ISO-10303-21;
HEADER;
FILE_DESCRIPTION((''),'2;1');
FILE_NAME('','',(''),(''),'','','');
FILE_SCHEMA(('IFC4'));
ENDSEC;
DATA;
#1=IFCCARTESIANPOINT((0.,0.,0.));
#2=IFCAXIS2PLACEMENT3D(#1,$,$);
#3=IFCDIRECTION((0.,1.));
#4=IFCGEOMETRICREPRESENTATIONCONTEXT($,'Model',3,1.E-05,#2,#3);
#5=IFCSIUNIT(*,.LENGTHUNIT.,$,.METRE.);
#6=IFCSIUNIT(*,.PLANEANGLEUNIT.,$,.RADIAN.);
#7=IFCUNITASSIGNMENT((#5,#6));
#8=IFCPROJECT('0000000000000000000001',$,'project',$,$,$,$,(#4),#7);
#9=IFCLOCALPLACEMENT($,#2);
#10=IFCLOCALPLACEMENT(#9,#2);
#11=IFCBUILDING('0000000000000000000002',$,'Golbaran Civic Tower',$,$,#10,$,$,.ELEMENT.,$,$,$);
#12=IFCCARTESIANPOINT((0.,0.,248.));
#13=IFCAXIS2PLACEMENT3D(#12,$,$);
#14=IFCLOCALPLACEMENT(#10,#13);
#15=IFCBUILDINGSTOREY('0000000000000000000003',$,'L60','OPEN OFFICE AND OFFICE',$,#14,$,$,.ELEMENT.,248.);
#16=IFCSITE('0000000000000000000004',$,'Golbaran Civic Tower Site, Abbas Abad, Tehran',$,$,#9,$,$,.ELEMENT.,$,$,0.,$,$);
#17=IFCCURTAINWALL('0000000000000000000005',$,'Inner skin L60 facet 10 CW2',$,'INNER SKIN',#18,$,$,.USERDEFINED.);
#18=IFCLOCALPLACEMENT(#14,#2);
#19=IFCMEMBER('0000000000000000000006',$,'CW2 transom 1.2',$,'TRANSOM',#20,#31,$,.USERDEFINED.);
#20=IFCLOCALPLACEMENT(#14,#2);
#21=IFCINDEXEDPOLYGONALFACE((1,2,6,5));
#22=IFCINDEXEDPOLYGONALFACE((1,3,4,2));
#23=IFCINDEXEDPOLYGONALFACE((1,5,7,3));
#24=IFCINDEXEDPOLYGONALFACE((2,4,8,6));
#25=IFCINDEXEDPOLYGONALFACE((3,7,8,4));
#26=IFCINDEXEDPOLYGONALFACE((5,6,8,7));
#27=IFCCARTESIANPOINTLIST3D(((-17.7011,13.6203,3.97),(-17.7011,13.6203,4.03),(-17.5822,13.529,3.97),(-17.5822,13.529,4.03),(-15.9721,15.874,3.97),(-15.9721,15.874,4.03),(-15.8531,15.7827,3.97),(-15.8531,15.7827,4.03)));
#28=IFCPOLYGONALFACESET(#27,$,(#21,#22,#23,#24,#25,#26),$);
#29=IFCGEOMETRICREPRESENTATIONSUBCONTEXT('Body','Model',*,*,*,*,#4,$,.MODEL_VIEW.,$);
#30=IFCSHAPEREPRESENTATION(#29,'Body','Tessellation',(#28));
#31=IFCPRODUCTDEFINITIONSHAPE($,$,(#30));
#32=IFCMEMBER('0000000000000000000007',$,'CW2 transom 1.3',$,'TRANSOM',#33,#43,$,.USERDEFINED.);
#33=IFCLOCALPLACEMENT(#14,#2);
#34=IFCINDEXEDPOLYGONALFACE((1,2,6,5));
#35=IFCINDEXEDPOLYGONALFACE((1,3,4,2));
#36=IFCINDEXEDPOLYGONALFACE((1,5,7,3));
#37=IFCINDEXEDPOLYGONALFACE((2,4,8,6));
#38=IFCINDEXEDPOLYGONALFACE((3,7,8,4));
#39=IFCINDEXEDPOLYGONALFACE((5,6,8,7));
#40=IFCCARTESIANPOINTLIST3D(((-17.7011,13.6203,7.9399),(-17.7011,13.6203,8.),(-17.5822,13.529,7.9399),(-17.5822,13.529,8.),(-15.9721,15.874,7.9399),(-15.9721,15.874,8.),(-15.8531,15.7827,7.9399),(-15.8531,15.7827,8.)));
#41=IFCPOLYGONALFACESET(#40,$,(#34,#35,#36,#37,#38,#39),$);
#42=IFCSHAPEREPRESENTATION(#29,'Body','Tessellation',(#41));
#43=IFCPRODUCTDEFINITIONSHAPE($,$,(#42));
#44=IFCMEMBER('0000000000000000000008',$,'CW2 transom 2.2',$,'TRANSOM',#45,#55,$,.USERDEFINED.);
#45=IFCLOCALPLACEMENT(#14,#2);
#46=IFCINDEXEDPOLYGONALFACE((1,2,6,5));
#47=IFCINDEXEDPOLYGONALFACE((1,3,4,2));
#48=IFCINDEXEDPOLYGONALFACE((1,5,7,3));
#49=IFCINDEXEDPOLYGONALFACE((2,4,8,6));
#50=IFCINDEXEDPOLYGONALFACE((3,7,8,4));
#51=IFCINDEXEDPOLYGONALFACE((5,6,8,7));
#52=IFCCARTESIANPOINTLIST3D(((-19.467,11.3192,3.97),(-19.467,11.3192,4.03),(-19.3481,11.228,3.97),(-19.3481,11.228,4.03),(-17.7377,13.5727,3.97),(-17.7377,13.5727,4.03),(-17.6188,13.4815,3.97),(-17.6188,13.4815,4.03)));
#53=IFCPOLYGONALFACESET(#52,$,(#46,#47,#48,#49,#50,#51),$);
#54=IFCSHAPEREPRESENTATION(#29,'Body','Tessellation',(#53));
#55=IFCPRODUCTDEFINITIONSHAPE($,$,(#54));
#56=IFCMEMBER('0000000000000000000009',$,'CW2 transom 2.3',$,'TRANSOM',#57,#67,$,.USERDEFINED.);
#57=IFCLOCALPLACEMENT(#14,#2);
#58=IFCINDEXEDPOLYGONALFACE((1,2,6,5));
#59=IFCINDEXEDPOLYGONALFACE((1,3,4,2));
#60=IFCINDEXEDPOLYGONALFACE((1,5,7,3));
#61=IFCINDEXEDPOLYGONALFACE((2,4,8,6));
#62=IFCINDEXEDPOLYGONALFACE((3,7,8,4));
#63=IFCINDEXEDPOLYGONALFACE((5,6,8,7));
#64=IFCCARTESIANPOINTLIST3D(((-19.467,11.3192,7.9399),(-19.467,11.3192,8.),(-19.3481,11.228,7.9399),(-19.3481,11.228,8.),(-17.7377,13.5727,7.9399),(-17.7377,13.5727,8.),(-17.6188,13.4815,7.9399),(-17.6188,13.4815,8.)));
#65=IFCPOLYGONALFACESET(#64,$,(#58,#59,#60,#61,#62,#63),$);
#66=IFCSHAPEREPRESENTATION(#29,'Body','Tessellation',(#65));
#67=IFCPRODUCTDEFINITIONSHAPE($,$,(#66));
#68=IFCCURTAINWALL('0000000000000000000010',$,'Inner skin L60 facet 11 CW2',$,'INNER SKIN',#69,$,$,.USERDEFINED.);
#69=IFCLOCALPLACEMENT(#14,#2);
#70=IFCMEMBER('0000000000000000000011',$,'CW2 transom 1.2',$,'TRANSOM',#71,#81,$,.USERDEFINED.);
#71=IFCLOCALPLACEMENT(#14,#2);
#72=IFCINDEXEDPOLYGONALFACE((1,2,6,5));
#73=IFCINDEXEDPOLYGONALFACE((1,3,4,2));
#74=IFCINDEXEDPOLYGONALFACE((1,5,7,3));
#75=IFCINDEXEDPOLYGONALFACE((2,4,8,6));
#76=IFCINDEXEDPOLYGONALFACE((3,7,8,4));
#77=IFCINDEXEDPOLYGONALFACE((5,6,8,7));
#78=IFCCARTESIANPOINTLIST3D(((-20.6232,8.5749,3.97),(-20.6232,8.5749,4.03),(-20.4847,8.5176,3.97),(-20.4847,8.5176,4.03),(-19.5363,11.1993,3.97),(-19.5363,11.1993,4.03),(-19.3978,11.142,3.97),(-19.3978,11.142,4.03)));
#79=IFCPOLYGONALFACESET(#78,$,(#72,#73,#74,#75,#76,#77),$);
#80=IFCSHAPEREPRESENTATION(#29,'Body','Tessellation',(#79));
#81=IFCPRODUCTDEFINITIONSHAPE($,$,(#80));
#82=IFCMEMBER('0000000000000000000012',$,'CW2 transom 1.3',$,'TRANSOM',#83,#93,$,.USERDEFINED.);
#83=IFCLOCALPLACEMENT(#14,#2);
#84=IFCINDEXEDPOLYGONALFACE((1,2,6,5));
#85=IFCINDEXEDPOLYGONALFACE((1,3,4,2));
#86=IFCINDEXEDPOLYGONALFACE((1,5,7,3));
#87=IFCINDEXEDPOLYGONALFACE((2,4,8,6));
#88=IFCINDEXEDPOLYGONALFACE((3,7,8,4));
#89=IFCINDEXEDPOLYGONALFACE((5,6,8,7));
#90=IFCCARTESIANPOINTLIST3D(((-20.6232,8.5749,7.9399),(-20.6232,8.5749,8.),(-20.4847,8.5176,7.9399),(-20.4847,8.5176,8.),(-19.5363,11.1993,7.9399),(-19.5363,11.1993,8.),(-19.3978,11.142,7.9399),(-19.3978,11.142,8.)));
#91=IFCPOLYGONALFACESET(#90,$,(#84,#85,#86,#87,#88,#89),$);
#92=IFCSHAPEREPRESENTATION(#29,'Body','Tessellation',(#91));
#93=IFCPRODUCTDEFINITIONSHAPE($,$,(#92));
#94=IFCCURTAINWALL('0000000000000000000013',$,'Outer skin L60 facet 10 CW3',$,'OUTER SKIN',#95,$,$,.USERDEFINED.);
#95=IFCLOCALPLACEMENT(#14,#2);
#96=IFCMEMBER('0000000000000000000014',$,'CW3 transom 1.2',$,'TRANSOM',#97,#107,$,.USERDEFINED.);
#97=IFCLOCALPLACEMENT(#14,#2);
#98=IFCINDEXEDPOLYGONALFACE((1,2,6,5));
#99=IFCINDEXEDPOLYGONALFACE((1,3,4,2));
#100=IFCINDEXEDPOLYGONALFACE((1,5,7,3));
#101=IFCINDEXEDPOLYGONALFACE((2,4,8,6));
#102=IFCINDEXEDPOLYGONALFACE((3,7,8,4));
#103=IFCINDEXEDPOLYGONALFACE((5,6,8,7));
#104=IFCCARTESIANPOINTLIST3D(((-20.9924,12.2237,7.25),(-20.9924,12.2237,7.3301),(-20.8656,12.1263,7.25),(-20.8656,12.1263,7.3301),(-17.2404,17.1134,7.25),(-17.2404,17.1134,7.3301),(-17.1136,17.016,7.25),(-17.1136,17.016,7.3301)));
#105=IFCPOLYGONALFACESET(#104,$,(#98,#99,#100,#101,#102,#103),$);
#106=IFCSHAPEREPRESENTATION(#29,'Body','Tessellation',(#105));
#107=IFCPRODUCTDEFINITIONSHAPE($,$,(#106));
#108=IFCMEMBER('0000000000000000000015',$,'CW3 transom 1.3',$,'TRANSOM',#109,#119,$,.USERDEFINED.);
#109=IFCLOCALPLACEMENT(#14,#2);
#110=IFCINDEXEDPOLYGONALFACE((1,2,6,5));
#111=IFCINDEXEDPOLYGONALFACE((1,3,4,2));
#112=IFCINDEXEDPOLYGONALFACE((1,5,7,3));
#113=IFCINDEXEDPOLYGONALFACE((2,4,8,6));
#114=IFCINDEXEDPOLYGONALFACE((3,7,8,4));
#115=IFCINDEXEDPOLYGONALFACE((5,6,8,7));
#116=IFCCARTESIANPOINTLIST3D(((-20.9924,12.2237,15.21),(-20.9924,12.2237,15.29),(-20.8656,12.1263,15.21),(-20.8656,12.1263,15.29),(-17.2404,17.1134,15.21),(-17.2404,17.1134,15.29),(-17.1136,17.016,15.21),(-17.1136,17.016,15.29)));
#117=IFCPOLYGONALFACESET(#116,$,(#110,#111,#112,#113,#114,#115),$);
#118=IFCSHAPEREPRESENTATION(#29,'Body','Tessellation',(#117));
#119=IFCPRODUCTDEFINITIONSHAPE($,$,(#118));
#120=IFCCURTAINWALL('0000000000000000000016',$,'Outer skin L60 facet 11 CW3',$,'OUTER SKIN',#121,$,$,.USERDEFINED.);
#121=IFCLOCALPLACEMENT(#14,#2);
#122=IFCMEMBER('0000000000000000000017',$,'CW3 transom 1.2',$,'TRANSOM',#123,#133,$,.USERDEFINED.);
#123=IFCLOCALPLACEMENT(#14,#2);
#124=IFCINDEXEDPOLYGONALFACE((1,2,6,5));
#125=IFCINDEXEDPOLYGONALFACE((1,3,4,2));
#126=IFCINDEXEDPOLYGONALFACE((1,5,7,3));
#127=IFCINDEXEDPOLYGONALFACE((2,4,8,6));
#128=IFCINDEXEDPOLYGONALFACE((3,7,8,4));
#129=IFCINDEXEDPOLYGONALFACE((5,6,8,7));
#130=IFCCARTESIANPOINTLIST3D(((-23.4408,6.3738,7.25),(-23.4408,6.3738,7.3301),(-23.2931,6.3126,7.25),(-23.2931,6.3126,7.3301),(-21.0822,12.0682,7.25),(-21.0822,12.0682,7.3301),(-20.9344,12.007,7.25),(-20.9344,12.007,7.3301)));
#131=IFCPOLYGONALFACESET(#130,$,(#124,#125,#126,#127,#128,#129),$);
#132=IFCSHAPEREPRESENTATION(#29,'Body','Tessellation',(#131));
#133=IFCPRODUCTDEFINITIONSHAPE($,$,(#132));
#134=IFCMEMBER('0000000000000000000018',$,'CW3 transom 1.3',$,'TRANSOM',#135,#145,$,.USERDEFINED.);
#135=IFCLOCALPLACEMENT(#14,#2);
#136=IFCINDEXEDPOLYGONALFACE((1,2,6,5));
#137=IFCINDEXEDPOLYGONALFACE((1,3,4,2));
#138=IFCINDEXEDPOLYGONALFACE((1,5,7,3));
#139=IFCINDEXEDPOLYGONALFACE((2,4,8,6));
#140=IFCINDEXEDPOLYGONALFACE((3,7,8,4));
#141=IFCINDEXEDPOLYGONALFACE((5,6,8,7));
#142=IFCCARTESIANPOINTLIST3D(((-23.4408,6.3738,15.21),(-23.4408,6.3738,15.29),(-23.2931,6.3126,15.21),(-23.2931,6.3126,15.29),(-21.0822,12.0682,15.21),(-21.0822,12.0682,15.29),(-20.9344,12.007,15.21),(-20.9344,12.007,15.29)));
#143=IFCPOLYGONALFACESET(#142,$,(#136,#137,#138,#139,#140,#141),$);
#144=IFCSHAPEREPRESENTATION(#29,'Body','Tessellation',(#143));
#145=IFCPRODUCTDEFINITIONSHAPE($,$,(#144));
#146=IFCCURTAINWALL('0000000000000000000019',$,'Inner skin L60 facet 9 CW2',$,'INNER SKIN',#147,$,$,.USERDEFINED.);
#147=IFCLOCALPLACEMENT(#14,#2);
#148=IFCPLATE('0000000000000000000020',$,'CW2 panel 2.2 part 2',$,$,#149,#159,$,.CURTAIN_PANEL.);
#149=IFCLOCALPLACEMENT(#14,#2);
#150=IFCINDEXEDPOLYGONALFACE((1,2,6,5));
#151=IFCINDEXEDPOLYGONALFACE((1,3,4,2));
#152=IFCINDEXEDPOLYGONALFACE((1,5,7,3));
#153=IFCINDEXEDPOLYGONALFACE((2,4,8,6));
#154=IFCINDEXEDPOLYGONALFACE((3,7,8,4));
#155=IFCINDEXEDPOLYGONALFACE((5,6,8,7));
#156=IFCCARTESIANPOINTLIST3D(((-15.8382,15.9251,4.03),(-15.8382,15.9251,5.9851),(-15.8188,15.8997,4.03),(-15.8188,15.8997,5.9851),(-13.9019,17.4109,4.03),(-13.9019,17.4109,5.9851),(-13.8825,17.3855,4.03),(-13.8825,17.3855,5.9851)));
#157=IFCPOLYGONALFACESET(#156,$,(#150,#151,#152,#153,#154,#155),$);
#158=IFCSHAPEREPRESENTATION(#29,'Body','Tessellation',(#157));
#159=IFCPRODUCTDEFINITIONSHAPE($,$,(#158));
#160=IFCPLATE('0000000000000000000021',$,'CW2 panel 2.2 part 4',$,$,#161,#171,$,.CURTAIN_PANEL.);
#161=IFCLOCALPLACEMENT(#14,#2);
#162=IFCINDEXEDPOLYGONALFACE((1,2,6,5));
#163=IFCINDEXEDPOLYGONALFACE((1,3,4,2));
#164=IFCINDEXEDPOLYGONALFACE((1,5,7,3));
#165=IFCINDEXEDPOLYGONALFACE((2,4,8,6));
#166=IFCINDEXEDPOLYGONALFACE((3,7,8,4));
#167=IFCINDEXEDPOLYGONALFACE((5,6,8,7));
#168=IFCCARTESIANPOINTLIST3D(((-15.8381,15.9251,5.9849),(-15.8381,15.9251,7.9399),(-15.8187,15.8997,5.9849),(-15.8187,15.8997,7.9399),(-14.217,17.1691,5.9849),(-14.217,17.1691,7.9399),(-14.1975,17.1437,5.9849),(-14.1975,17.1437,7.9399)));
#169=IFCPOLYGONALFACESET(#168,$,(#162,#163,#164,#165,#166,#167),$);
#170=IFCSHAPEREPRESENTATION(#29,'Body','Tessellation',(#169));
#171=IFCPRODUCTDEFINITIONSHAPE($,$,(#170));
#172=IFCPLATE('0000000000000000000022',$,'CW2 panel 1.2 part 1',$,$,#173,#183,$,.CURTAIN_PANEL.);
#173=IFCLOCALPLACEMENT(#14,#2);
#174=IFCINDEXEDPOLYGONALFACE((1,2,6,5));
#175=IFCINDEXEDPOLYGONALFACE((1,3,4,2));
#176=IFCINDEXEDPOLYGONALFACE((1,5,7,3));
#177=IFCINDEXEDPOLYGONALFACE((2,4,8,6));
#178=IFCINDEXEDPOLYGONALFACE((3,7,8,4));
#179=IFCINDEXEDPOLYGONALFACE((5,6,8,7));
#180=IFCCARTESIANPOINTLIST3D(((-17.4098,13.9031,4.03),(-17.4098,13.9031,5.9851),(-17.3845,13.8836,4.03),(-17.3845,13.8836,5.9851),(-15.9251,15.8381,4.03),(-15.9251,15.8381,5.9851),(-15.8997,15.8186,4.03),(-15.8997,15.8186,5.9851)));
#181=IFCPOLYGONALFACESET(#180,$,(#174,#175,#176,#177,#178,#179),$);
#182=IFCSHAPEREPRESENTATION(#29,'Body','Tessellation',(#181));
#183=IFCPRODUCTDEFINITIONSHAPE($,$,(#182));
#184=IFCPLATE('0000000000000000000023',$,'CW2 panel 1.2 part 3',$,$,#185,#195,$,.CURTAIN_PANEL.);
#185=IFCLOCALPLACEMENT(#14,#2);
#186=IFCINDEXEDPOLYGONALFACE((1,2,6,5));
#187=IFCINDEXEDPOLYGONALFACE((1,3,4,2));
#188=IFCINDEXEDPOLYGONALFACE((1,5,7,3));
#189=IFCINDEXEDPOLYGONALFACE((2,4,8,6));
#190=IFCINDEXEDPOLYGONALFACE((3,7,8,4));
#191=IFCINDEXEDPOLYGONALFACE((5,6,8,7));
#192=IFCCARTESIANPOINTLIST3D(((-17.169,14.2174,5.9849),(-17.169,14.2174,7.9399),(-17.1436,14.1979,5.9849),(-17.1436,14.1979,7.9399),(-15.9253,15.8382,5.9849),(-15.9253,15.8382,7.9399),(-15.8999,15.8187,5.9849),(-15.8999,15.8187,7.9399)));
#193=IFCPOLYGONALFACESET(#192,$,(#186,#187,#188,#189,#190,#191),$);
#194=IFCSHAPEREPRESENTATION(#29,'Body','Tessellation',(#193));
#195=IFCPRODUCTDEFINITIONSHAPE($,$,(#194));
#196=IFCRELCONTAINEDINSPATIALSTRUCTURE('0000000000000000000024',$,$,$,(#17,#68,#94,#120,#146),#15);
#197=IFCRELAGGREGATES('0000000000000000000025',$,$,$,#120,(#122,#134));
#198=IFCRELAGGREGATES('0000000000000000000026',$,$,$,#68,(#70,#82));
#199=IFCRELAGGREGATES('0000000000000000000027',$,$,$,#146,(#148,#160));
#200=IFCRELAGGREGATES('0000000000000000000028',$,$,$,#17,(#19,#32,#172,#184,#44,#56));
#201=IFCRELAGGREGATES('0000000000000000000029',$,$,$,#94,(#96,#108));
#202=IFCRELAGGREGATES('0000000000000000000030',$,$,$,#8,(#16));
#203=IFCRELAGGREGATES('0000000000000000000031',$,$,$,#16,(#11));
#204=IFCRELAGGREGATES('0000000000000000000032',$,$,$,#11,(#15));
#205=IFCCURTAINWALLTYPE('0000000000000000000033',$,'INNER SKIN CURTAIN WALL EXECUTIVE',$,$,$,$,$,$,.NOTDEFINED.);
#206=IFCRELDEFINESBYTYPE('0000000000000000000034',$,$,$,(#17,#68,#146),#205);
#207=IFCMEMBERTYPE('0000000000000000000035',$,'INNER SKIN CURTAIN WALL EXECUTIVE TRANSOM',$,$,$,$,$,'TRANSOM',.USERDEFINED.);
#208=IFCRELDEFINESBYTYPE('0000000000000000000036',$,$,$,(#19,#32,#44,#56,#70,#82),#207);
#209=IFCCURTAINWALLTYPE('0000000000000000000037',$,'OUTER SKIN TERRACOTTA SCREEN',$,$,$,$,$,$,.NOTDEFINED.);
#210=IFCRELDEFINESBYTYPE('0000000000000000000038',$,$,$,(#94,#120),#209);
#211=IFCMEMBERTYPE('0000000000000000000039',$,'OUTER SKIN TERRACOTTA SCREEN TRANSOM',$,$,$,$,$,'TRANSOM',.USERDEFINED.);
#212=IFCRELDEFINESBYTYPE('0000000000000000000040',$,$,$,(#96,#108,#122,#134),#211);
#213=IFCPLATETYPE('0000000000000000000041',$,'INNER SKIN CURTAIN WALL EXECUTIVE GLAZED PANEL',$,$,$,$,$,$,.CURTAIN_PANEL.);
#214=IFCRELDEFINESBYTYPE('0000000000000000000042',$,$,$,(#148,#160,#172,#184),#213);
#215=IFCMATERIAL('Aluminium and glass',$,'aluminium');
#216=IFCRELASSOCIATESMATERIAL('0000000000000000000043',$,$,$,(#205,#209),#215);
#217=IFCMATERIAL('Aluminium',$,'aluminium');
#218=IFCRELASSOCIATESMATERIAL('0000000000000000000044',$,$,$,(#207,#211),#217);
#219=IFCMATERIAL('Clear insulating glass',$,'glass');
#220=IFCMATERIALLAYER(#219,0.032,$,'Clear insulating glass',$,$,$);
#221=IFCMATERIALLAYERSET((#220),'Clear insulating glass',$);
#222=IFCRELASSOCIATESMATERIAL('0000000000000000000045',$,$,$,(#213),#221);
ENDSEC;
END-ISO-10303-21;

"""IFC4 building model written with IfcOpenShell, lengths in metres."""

from ifc_helpers import new_model, si_unit, direction, frame, origin, origin_2d, place, context, subcontext, project, spatial, rectangle, extrude, material, layer, layer_set, material_profile, profile_set, type_object, element, aggregate, save


model = new_model("IFC4")

# Units and contexts
model_context = context("Model", 3, precision=1e-05, world=origin(), true_north=direction((0.0, 1.0)))
body_context = subcontext(model_context, "Body", "Model", "MODEL_VIEW")
ifc_project = project(units=[si_unit("LENGTHUNIT", "METRE"), si_unit("PLANEANGLEUNIT", "RADIAN")], contexts=[model_context])

# Site, building, storey
site_placement = place(None, origin())
site = spatial("IfcSite", under=ifc_project, at=site_placement, Name="Golbaran Civic Tower Site, Abbas Abad, Tehran", CompositionType="ELEMENT", RefElevation=0.0)
building_placement = place(site_placement, origin())
building = spatial("IfcBuilding", under=site, at=building_placement, Name="Golbaran Civic Tower", CompositionType="ELEMENT")
storey_placement = place(building_placement, frame((0.0, 0.0, 248.0)))
storey = spatial("IfcBuildingStorey", under=building, at=storey_placement, Name="L60", Description="OPEN OFFICE AND OFFICE", CompositionType="ELEMENT", Elevation=248.0)

# Curtain walls, members
ifc_material_1 = material(Name="Aluminium and glass", Category="aluminium")
curtain_wall_type_1 = type_object("IfcCurtainWallType", Name="INNER SKIN CURTAIN WALL EXECUTIVE", PredefinedType="NOTDEFINED", material=ifc_material_1)
curtain_wall_1_placement = place(storey_placement, origin())
curtain_wall_1 = element("IfcCurtainWall", 1, at=curtain_wall_1_placement, inside=storey, type_object=curtain_wall_type_1, Name="Inner skin L60 facet 10 CW2", ObjectType="INNER SKIN", PredefinedType="USERDEFINED")
ifc_material_2 = material(Name="Aluminium", Category="aluminium")
ifc_material_profile_1 = material_profile(ifc_material_2, rectangle(XDim=0.1499, YDim=0.0601, at=origin_2d()), Name="INNER SKIN CURTAIN WALL EXECUTIVE TRANSOM")
ifc_profile_set_1 = profile_set([ifc_material_profile_1], Name="Aluminium")
member_type_1 = type_object("IfcMemberType", Name="INNER SKIN CURTAIN WALL EXECUTIVE TRANSOM", ElementType="TRANSOM", PredefinedType="USERDEFINED", material=ifc_profile_set_1)
member_1_placement = place(storey_placement, frame((-15.9126, 15.8284, 4.0), z_axis=(-0.608697, -0.793403, 0.0), x_axis=(0.793403, -0.608697, 0.0)))
member_1 = element("IfcMember", 2, at=member_1_placement, type_object=member_type_1, Name="CW2 transom 1.2", ObjectType="TRANSOM", PredefinedType="USERDEFINED", context=body_context, shape_type="SweptSolid", body=[
    extrude(rectangle(XDim=0.1499, YDim=0.0601, at=origin_2d()), origin(), (0.0, 0.0, 1.0), 2.8406),
])
member_2_placement = place(storey_placement, frame((-15.9126, 15.8284, 7.97), z_axis=(-0.608697, -0.793403, 0.0), x_axis=(0.793403, -0.608697, 0.0)))
member_2 = element("IfcMember", 3, at=member_2_placement, type_object=member_type_1, Name="CW2 transom 1.3", ObjectType="TRANSOM", PredefinedType="USERDEFINED", context=body_context, shape_type="SweptSolid", body=[
    extrude(rectangle(XDim=0.1499, YDim=0.0601, at=origin_2d()), origin(), (0.0, 0.0, 1.0), 2.8406),
])
member_3_placement = place(storey_placement, frame((-17.6782, 13.5271, 4.0), z_axis=(-0.608792, -0.79333, 0.0), x_axis=(0.79333, -0.608792, 0.0)))
member_3 = element("IfcMember", 4, at=member_3_placement, type_object=member_type_1, Name="CW2 transom 2.2", ObjectType="TRANSOM", PredefinedType="USERDEFINED", context=body_context, shape_type="SweptSolid", body=[
    extrude(rectangle(XDim=0.1499, YDim=0.0601, at=origin_2d()), origin(), (0.0, 0.0, 1.0), 2.8406),
])
member_4_placement = place(storey_placement, frame((-17.6782, 13.5271, 7.97), z_axis=(-0.608792, -0.79333, 0.0), x_axis=(0.79333, -0.608792, 0.0)))
member_4 = element("IfcMember", 5, at=member_4_placement, type_object=member_type_1, Name="CW2 transom 2.3", ObjectType="TRANSOM", PredefinedType="USERDEFINED", context=body_context, shape_type="SweptSolid", body=[
    extrude(rectangle(XDim=0.1499, YDim=0.0601, at=origin_2d()), origin(), (0.0, 0.0, 1.0), 2.8406),
])
curtain_wall_2_placement = place(storey_placement, origin())
curtain_wall_2 = element("IfcCurtainWall", 6, at=curtain_wall_2_placement, inside=storey, type_object=curtain_wall_type_1, Name="Inner skin L60 facet 11 CW2", ObjectType="INNER SKIN", PredefinedType="USERDEFINED")
member_5_placement = place(storey_placement, frame((-19.467, 11.1707, 4.0), z_axis=(-0.382625, -0.923904, 0.0), x_axis=(0.923904, -0.382625, 0.0)))
member_5 = element("IfcMember", 7, at=member_5_placement, type_object=member_type_1, Name="CW2 transom 1.2", ObjectType="TRANSOM", PredefinedType="USERDEFINED", context=body_context, shape_type="SweptSolid", body=[
    extrude(rectangle(XDim=0.1499, YDim=0.0601, at=origin_2d()), origin(), (0.0, 0.0, 1.0), 2.8406),
])
member_6_placement = place(storey_placement, frame((-19.467, 11.1707, 7.97), z_axis=(-0.382625, -0.923904, 0.0), x_axis=(0.923904, -0.382625, 0.0)))
member_6 = element("IfcMember", 8, at=member_6_placement, type_object=member_type_1, Name="CW2 transom 1.3", ObjectType="TRANSOM", PredefinedType="USERDEFINED", context=body_context, shape_type="SweptSolid", body=[
    extrude(rectangle(XDim=0.1499, YDim=0.0601, at=origin_2d()), origin(), (0.0, 0.0, 1.0), 2.8406),
])
curtain_wall_type_2 = type_object("IfcCurtainWallType", Name="OUTER SKIN TERRACOTTA SCREEN", PredefinedType="NOTDEFINED", material=ifc_material_1)
curtain_wall_3_placement = place(storey_placement, origin())
curtain_wall_3 = element("IfcCurtainWall", 9, at=curtain_wall_3_placement, inside=storey, type_object=curtain_wall_type_2, Name="Outer skin L60 facet 10 CW3", ObjectType="OUTER SKIN", PredefinedType="USERDEFINED")
ifc_material_profile_2 = material_profile(ifc_material_2, rectangle(XDim=0.1599, YDim=0.0801, at=origin_2d()), Name="OUTER SKIN TERRACOTTA SCREEN TRANSOM")
ifc_profile_set_2 = profile_set([ifc_material_profile_2], Name="Aluminium")
member_type_2 = type_object("IfcMemberType", Name="OUTER SKIN TERRACOTTA SCREEN TRANSOM", ElementType="TRANSOM", PredefinedType="USERDEFINED", material=ifc_profile_set_2)
member_7_placement = place(storey_placement, frame((-17.177, 17.0647, 7.29), z_axis=(-0.608761, -0.793354, 0.0), x_axis=(0.793354, -0.608761, 0.0)))
member_7 = element("IfcMember", 10, at=member_7_placement, type_object=member_type_2, Name="CW3 transom 1.2", ObjectType="TRANSOM", PredefinedType="USERDEFINED", context=body_context, shape_type="SweptSolid", body=[
    extrude(rectangle(XDim=0.1599, YDim=0.0801, at=origin_2d()), origin(), (0.0, 0.0, 1.0), 6.1633),
])
member_8_placement = place(storey_placement, frame((-17.177, 17.0647, 15.25), z_axis=(-0.608761, -0.793354, 0.0), x_axis=(0.793354, -0.608761, 0.0)))
member_8 = element("IfcMember", 11, at=member_8_placement, type_object=member_type_2, Name="CW3 transom 1.3", ObjectType="TRANSOM", PredefinedType="USERDEFINED", context=body_context, shape_type="SweptSolid", body=[
    extrude(rectangle(XDim=0.1599, YDim=0.0801, at=origin_2d()), origin(), (0.0, 0.0, 1.0), 6.1633),
])
curtain_wall_4_placement = place(storey_placement, origin())
curtain_wall_4 = element("IfcCurtainWall", 12, at=curtain_wall_4_placement, inside=storey, type_object=curtain_wall_type_2, Name="Outer skin L60 facet 11 CW3", ObjectType="OUTER SKIN", PredefinedType="USERDEFINED")
member_9_placement = place(storey_placement, frame((-21.0083, 12.0376, 7.29), z_axis=(-0.382679, -0.923881, 0.0), x_axis=(0.923881, -0.382679, 0.0)))
member_9 = element("IfcMember", 13, at=member_9_placement, type_object=member_type_2, Name="CW3 transom 1.2", ObjectType="TRANSOM", PredefinedType="USERDEFINED", context=body_context, shape_type="SweptSolid", body=[
    extrude(rectangle(XDim=0.1599, YDim=0.0801, at=origin_2d()), origin(), (0.0, 0.0, 1.0), 6.1636),
])
member_10_placement = place(storey_placement, frame((-21.0083, 12.0376, 15.25), z_axis=(-0.382679, -0.923881, 0.0), x_axis=(0.923881, -0.382679, 0.0)))
member_10 = element("IfcMember", 14, at=member_10_placement, type_object=member_type_2, Name="CW3 transom 1.3", ObjectType="TRANSOM", PredefinedType="USERDEFINED", context=body_context, shape_type="SweptSolid", body=[
    extrude(rectangle(XDim=0.1599, YDim=0.0801, at=origin_2d()), origin(), (0.0, 0.0, 1.0), 6.1636),
])
aggregate(curtain_wall_4, [member_9, member_10])

# Curtain wall, plates
curtain_wall_5_placement = place(storey_placement, origin())
curtain_wall_5 = element("IfcCurtainWall", 15, at=curtain_wall_5_placement, inside=storey, type_object=curtain_wall_type_1, Name="Inner skin L60 facet 9 CW2", ObjectType="INNER SKIN", PredefinedType="USERDEFINED")
ifc_material_3 = material(Name="Clear insulating glass", Category="glass")
ifc_layer_1 = layer(ifc_material_3, 0.032, Name="Clear insulating glass")
ifc_layer_set_1 = layer_set([ifc_layer_1], Name="Clear insulating glass")
plate_type_1 = type_object("IfcPlateType", Name="INNER SKIN CURTAIN WALL EXECUTIVE GLAZED PANEL", PredefinedType="CURTAIN_PANEL", material=ifc_layer_set_1)
plate_1_placement = place(storey_placement, frame((-14.8604, 16.6553, 4.03), z_axis=(0.0, 0.0, 1.0), x_axis=(-0.793353, -0.608761, 0.0)))
plate_1 = element("IfcPlate", 16, at=plate_1_placement, type_object=plate_type_1, Name="CW2 panel 2.2 part 2", PredefinedType="CURTAIN_PANEL", context=body_context, shape_type="SweptSolid", body=[
    extrude(rectangle(XDim=2.4407, YDim=0.032, at=origin_2d()), origin(), (0.0, 0.0, 1.0), 1.9551),
])
plate_2_placement = place(storey_placement, frame((-15.0178, 16.5344, 5.9849), z_axis=(0.0, 0.0, 1.0), x_axis=(-0.793353, -0.608761, 0.0)))
plate_2 = element("IfcPlate", 17, at=plate_2_placement, type_object=plate_type_1, Name="CW2 panel 2.2 part 4", PredefinedType="CURTAIN_PANEL", context=body_context, shape_type="SweptSolid", body=[
    extrude(rectangle(XDim=2.0435, YDim=0.032, at=origin_2d()), origin(), (0.0, 0.0, 1.0), 1.9551),
])

# Plates
plate_3_placement = place(storey_placement, frame((-16.6548, 14.8608, 4.03), z_axis=(0.0, 0.0, 1.0), x_axis=(-0.608761, -0.793353, 0.0)))
plate_3 = element("IfcPlate", 18, at=plate_3_placement, type_object=plate_type_1, Name="CW2 panel 1.2 part 1", PredefinedType="CURTAIN_PANEL", context=body_context, shape_type="SweptSolid", body=[
    extrude(rectangle(XDim=2.439, YDim=0.032, at=origin_2d()), origin(), (0.0, 0.0, 1.0), 1.9551),
])
plate_4_placement = place(storey_placement, frame((-16.5344, 15.0181, 5.9849), z_axis=(0.0, 0.0, 1.0), x_axis=(-0.608761, -0.793353, 0.0)))
plate_4 = element("IfcPlate", 19, at=plate_4_placement, type_object=plate_type_1, Name="CW2 panel 1.2 part 3", PredefinedType="CURTAIN_PANEL", context=body_context, shape_type="SweptSolid", body=[
    extrude(rectangle(XDim=2.043, YDim=0.032, at=origin_2d()), origin(), (0.0, 0.0, 1.0), 1.9551),
])
aggregate(curtain_wall_2, [member_5, member_6])
aggregate(curtain_wall_5, [plate_1, plate_2])
aggregate(curtain_wall_1, [member_1, member_2, plate_3, plate_4, member_3, member_4])
aggregate(curtain_wall_3, [member_7, member_8])

save(model, "model.ifc")
